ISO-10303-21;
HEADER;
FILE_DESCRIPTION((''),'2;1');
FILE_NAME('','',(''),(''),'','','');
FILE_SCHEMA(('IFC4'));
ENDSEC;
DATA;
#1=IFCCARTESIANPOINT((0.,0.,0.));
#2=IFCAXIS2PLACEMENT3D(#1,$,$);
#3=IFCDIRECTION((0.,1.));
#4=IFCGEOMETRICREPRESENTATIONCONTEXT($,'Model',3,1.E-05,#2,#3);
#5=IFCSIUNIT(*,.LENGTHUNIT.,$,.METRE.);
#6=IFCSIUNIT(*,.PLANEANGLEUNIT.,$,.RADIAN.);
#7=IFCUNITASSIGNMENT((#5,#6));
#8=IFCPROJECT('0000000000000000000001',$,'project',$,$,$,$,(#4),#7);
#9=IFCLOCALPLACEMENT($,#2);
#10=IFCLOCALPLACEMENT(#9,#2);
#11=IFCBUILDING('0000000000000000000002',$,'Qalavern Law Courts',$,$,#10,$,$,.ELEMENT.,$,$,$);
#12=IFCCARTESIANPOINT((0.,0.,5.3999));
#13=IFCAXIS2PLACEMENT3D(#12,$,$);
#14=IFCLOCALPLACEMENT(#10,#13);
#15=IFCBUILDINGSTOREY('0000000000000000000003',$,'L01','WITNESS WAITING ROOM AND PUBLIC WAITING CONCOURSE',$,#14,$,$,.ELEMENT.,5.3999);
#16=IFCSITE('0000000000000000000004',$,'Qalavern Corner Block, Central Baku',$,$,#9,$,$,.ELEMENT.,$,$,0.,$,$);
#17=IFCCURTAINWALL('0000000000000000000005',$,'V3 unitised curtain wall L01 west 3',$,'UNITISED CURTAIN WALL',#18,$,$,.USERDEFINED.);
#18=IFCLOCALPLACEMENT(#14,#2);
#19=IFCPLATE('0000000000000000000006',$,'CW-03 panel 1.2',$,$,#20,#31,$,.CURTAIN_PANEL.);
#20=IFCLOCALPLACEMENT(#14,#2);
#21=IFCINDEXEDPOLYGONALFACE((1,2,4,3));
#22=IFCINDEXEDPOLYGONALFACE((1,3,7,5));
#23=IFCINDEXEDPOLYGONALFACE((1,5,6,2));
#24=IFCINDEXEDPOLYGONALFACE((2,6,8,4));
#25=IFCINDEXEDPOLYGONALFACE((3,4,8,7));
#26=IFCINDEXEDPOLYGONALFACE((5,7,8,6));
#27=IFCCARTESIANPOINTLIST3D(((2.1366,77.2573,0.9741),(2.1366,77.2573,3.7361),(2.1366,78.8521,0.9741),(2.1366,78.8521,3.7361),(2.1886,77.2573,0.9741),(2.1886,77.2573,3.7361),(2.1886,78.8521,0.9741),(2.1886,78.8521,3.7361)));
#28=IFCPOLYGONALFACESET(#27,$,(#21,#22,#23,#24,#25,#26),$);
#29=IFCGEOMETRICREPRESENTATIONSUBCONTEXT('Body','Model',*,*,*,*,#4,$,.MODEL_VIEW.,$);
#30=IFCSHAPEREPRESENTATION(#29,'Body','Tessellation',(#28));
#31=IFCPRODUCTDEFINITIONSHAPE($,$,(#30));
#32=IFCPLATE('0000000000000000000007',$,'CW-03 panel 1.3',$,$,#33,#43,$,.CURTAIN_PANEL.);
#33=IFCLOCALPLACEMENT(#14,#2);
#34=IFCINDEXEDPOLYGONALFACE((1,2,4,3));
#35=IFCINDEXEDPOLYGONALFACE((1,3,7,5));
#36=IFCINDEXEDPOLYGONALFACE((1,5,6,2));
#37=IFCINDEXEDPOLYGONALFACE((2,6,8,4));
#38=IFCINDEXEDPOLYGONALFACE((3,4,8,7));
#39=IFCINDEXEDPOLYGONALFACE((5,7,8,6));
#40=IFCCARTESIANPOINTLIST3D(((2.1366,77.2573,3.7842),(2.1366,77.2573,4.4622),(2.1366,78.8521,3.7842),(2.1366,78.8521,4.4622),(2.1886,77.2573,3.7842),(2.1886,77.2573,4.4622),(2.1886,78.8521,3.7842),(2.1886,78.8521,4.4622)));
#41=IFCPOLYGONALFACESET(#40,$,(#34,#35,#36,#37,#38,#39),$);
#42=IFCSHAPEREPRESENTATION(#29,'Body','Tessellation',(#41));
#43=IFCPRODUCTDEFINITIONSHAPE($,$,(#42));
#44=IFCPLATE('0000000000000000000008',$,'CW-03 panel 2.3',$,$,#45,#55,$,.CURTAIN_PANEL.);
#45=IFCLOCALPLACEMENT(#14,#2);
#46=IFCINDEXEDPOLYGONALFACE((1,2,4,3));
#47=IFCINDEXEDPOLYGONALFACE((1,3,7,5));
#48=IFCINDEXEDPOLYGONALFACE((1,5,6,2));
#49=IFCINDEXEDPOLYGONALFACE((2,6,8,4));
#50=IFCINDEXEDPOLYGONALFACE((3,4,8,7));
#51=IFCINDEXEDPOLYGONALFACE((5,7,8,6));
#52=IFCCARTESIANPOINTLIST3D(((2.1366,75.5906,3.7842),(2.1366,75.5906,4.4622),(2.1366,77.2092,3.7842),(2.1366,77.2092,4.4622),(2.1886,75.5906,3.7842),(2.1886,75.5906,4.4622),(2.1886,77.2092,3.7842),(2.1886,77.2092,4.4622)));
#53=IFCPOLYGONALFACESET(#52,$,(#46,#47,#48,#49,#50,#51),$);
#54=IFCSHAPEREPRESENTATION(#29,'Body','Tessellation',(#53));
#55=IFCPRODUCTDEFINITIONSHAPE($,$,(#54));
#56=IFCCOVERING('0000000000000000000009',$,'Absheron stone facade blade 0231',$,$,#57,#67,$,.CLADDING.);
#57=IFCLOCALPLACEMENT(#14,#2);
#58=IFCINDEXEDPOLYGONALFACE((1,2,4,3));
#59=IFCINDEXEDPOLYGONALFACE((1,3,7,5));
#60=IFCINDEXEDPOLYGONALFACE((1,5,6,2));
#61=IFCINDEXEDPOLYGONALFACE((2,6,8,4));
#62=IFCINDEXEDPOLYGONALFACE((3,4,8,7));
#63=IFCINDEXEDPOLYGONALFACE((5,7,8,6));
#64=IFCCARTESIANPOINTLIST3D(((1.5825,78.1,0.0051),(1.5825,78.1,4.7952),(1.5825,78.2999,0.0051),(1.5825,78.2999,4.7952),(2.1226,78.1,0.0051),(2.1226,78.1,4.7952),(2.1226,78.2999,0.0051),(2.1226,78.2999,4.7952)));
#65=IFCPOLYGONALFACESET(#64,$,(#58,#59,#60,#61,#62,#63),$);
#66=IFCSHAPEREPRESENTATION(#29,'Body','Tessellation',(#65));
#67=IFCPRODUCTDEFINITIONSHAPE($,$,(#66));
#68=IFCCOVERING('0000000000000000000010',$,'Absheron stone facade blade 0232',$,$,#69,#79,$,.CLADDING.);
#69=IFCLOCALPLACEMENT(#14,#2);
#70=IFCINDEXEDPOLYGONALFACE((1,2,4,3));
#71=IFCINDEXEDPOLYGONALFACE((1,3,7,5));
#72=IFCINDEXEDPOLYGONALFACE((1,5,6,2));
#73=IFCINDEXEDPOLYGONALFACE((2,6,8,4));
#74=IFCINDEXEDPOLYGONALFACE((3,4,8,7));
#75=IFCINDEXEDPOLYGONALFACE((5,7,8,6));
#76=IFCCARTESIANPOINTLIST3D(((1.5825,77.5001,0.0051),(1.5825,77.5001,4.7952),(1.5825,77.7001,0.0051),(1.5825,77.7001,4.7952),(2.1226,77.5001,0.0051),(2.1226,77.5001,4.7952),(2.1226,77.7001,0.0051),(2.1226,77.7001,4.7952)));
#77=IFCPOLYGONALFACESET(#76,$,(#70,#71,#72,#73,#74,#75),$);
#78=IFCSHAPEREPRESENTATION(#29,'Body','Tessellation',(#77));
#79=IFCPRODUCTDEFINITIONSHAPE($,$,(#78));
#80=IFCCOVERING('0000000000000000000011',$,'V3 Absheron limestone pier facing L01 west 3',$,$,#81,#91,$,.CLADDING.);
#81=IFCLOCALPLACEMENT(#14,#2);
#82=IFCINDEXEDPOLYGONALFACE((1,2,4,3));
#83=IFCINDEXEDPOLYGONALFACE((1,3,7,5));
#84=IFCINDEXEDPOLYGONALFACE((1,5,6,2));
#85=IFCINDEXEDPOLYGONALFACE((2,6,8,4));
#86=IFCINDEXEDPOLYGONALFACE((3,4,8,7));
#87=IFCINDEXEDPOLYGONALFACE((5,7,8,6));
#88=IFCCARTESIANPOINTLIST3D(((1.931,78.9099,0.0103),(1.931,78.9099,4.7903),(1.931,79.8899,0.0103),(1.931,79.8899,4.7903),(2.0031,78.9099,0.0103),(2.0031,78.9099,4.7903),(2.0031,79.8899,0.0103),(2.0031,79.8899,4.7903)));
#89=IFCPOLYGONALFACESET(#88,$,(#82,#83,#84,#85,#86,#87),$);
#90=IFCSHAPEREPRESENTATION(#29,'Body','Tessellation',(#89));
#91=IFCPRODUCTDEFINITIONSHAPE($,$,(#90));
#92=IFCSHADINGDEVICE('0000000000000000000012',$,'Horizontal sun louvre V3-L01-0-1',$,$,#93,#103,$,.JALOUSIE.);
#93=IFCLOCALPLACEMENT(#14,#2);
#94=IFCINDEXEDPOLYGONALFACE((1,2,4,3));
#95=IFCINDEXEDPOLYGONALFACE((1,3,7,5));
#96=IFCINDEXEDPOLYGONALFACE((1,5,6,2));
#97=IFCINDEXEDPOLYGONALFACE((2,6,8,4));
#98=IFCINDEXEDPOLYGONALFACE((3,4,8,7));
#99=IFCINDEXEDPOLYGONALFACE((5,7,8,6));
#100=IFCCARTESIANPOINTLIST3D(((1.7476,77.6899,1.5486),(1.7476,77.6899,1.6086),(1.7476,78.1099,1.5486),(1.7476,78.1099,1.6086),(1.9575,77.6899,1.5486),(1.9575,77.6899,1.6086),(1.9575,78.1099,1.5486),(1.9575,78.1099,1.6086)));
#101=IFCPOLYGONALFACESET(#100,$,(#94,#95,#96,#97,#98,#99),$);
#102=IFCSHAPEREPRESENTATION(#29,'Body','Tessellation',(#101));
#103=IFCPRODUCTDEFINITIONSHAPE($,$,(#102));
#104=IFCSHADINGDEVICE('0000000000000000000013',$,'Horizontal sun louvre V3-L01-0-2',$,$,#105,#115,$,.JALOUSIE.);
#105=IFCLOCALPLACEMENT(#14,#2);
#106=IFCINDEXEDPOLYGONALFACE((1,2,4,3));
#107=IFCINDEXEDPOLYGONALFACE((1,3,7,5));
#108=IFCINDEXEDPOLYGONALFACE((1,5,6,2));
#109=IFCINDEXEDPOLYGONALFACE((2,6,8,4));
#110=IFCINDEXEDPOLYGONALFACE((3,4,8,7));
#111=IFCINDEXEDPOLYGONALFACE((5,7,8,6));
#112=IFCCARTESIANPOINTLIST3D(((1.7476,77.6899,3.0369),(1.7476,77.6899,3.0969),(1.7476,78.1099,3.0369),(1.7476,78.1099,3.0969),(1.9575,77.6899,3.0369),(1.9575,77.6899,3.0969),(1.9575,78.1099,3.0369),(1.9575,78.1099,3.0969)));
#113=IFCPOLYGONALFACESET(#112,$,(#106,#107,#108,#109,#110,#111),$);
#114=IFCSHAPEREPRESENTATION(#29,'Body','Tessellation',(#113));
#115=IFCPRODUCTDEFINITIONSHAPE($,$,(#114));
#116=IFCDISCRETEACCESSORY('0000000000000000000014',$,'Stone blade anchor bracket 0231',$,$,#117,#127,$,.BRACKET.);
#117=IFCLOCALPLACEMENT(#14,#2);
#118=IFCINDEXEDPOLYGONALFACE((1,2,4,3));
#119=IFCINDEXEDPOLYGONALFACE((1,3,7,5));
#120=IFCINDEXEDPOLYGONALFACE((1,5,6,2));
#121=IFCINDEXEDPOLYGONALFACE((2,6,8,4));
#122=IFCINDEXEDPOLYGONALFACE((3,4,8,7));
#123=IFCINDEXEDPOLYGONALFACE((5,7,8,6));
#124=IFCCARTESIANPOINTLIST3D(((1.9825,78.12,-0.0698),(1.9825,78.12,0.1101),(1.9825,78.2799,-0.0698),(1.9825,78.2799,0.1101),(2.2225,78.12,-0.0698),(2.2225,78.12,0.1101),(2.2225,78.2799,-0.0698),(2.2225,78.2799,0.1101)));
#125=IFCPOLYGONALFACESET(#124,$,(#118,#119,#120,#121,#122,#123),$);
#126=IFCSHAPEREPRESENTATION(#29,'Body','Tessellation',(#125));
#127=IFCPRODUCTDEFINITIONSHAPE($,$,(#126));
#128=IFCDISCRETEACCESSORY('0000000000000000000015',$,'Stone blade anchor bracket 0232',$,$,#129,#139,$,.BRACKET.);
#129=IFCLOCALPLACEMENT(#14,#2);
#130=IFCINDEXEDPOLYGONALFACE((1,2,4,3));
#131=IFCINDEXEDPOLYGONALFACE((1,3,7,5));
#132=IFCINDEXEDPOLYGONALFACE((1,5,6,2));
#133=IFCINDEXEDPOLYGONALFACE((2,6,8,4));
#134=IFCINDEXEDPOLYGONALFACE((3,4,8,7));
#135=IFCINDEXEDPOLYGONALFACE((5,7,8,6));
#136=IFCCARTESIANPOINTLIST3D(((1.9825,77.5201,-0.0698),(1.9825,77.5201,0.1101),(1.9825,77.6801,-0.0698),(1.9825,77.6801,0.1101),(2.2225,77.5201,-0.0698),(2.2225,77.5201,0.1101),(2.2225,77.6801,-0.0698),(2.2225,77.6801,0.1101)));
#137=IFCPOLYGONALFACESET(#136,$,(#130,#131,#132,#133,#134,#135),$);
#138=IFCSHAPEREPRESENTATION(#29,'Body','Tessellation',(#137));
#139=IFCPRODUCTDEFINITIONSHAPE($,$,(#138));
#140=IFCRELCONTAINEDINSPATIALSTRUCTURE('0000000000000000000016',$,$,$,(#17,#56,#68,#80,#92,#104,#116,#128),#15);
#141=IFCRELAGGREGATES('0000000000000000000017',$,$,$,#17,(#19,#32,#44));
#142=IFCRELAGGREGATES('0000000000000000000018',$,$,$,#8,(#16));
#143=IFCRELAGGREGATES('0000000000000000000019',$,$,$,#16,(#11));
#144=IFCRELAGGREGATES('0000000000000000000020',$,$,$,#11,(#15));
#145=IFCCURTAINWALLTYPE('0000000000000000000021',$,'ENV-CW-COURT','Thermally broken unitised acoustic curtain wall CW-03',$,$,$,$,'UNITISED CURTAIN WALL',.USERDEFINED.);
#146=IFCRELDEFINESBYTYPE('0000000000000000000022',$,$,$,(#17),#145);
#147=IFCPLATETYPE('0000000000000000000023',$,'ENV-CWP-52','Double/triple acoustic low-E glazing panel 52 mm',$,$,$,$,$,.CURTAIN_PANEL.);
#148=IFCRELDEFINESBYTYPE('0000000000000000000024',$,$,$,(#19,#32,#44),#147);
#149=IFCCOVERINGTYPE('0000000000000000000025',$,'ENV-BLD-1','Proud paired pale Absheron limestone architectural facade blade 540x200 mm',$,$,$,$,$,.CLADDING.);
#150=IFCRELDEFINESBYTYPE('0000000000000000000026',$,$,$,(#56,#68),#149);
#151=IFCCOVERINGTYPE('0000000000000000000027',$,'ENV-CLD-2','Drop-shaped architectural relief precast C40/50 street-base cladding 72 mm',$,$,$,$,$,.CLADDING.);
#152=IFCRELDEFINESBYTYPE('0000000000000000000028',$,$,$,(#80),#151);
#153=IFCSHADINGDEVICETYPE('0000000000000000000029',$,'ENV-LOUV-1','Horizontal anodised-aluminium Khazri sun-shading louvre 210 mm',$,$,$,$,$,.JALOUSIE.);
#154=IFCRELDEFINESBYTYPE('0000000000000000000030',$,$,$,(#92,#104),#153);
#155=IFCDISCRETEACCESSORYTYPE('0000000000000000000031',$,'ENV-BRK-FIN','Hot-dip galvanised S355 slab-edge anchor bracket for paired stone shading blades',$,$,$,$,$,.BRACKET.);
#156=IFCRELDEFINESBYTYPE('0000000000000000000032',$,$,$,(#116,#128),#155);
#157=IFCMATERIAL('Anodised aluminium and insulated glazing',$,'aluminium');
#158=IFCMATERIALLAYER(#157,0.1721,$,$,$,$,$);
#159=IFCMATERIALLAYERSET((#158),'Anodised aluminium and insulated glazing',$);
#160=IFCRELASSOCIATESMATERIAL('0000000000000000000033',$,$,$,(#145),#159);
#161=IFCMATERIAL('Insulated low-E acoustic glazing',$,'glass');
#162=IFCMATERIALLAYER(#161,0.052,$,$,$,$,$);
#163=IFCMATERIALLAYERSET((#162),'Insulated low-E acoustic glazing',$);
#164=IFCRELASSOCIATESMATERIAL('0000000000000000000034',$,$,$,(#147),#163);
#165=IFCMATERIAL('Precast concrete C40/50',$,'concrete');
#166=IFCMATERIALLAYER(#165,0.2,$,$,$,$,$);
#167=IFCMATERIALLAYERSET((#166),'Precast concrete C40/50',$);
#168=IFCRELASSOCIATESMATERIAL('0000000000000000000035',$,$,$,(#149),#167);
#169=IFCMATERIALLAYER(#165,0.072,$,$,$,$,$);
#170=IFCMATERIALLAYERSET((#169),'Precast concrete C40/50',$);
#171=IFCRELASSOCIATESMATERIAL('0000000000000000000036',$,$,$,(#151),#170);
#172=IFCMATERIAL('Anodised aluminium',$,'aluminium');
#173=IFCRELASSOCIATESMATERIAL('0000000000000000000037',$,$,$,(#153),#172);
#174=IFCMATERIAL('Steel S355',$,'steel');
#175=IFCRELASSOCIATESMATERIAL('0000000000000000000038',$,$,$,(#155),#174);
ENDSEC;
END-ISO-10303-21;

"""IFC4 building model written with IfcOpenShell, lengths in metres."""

from ifc_helpers import new_model, si_unit, direction, frame, origin, origin_2d, place, context, subcontext, project, spatial, rectangle, extrude, material, layer, layer_set, type_object, element, aggregate, save


model = new_model("IFC4")

# Units and contexts
model_context = context("Model", 3, precision=1e-05, world=origin(), true_north=direction((0.0, 1.0)))
body_context = subcontext(model_context, "Body", "Model", "MODEL_VIEW")
ifc_project = project(units=[si_unit("LENGTHUNIT", "METRE"), si_unit("PLANEANGLEUNIT", "RADIAN")], contexts=[model_context])

# Site, building, storey
site_placement = place(None, origin())
site = spatial("IfcSite", under=ifc_project, at=site_placement, Name="Qalavern Corner Block, Central Baku", CompositionType="ELEMENT", RefElevation=0.0)
building_placement = place(site_placement, origin())
building = spatial("IfcBuilding", under=site, at=building_placement, Name="Qalavern Law Courts", CompositionType="ELEMENT")
storey_placement = place(building_placement, frame((0.0, 0.0, 5.3999)))
storey = spatial("IfcBuildingStorey", under=building, at=storey_placement, Name="L01", Description="WITNESS WAITING ROOM AND PUBLIC WAITING CONCOURSE", CompositionType="ELEMENT", Elevation=5.3999)

# Curtain wall, plates
ifc_material_1 = material(Name="Anodised aluminium and insulated glazing", Category="aluminium")
ifc_layer_1 = layer(ifc_material_1, 0.1721)
ifc_layer_set_1 = layer_set([ifc_layer_1], Name="Anodised aluminium and insulated glazing")
curtain_wall_type = type_object("IfcCurtainWallType", Name="ENV-CW-COURT", Description="Thermally broken unitised acoustic curtain wall CW-03", ElementType="UNITISED CURTAIN WALL", PredefinedType="USERDEFINED", material=ifc_layer_set_1)
curtain_wall_placement = place(storey_placement, origin())
curtain_wall = element("IfcCurtainWall", 1, at=curtain_wall_placement, inside=storey, type_object=curtain_wall_type, Name="V3 unitised curtain wall L01 west 3", ObjectType="UNITISED CURTAIN WALL", PredefinedType="USERDEFINED")
ifc_material_2 = material(Name="Anodised aluminium", Category="aluminium")
ifc_material_3 = material(Name="Insulated low-E acoustic glazing", Category="glass")
ifc_layer_2 = layer(ifc_material_3, 0.052)
ifc_layer_set_2 = layer_set([ifc_layer_2], Name="Insulated low-E acoustic glazing")
plate_type = type_object("IfcPlateType", Name="ENV-CWP-52", Description="Double/triple acoustic low-E glazing panel 52 mm", PredefinedType="CURTAIN_PANEL", material=ifc_layer_set_2)
plate_1_placement = place(storey_placement, frame((2.1626, 78.0547, 0.9741), z_axis=(0.0, 0.0, 1.0), x_axis=(0.0, -1.0, 0.0)))
plate_1 = element("IfcPlate", 2, at=plate_1_placement, type_object=plate_type, Name="CW-03 panel 1.2", PredefinedType="CURTAIN_PANEL", context=body_context, shape_type="SweptSolid", body=[
    extrude(rectangle(XDim=1.5947, YDim=0.052, at=origin_2d()), origin(), (0.0, 0.0, 1.0), 2.762),
])
plate_2_placement = place(storey_placement, frame((2.1626, 78.0547, 3.7842), z_axis=(0.0, 0.0, 1.0), x_axis=(0.0, -1.0, 0.0)))
plate_2 = element("IfcPlate", 3, at=plate_2_placement, type_object=plate_type, Name="CW-03 panel 1.3", PredefinedType="CURTAIN_PANEL", context=body_context, shape_type="SweptSolid", body=[
    extrude(rectangle(XDim=1.5947, YDim=0.052, at=origin_2d()), origin(), (0.0, 0.0, 1.0), 0.678),
])
plate_3_placement = place(storey_placement, frame((2.1626, 76.3999, 3.7842), z_axis=(0.0, 0.0, 1.0), x_axis=(0.0, -1.0, 0.0)))
plate_3 = element("IfcPlate", 4, at=plate_3_placement, type_object=plate_type, Name="CW-03 panel 2.3", PredefinedType="CURTAIN_PANEL", context=body_context, shape_type="SweptSolid", body=[
    extrude(rectangle(XDim=1.6187, YDim=0.052, at=origin_2d()), origin(), (0.0, 0.0, 1.0), 0.678),
])
aggregate(curtain_wall, [plate_1, plate_2, plate_3])

# Coverings
ifc_material_4 = material(Name="Precast concrete C40/50", Category="concrete")
ifc_layer_3 = layer(ifc_material_4, 0.2)
ifc_layer_set_3 = layer_set([ifc_layer_3], Name="Precast concrete C40/50")
covering_type_1 = type_object("IfcCoveringType", Name="ENV-BLD-1", Description="Proud paired pale Absheron limestone architectural facade blade 540x200 mm", PredefinedType="CLADDING", material=ifc_layer_set_3)
for number, where, z_axis, x_axis, name in (
    (5, (1.8525, 78.2, 0.0051), (0.0, 0.0, 1.0), (-1.0, 0.0, 0.0), "Absheron stone facade blade 0231"),
    (6, (1.8525, 77.6001, 0.0051), (0.0, 0.0, 1.0), (-1.0, 0.0, 0.0), "Absheron stone facade blade 0232"),
):
    element("IfcCovering", number, at=place(storey_placement, frame(where, z_axis=z_axis, x_axis=x_axis)), inside=storey, type_object=covering_type_1, Name=name, PredefinedType="CLADDING", context=body_context, shape_type="SweptSolid", body=[
        extrude(rectangle(XDim=0.54, YDim=0.2, at=origin_2d()), origin(), (0.0, 0.0, 1.0), 4.79),
    ])
ifc_layer_4 = layer(ifc_material_4, 0.072)
ifc_layer_set_4 = layer_set([ifc_layer_4], Name="Precast concrete C40/50")
covering_type_2 = type_object("IfcCoveringType", Name="ENV-CLD-2", Description="Drop-shaped architectural relief precast C40/50 street-base cladding 72 mm", PredefinedType="CLADDING", material=ifc_layer_set_4)
covering_placement = place(storey_placement, frame((1.967, 79.3999, 0.0103), z_axis=(0.0, 0.0, 1.0), x_axis=(0.0, -1.0, 0.0)))
element("IfcCovering", 7, at=covering_placement, inside=storey, type_object=covering_type_2, Name="V3 Absheron limestone pier facing L01 west 3", PredefinedType="CLADDING", context=body_context, shape_type="SweptSolid", body=[
    extrude(rectangle(XDim=0.98, YDim=0.072, at=origin_2d()), origin(), (0.0, 0.0, 1.0), 4.78),
])

# Shading devices
shading_device_type = type_object("IfcShadingDeviceType", Name="ENV-LOUV-1", Description="Horizontal anodised-aluminium Khazri sun-shading louvre 210 mm", PredefinedType="JALOUSIE", material=ifc_material_2)
for number, where, z_axis, x_axis, name in (
    (8, (1.8525, 77.8999, 1.5486), (0.0, 0.0, 1.0), (0.0, -1.0, 0.0), "Horizontal sun louvre V3-L01-0-1"),
    (9, (1.8525, 77.8999, 3.0369), (0.0, 0.0, 1.0), (0.0, -1.0, 0.0), "Horizontal sun louvre V3-L01-0-2"),
):
    element("IfcShadingDevice", number, at=place(storey_placement, frame(where, z_axis=z_axis, x_axis=x_axis)), inside=storey, type_object=shading_device_type, Name=name, PredefinedType="JALOUSIE", context=body_context, shape_type="SweptSolid", body=[
        extrude(rectangle(XDim=0.4199, YDim=0.21, at=origin_2d()), origin(), (0.0, 0.0, 1.0), 0.0601),
    ])

# Discrete accessories
ifc_material_5 = material(Name="Steel S355", Category="steel")
discrete_accessory_type = type_object("IfcDiscreteAccessoryType", Name="ENV-BRK-FIN", Description="Hot-dip galvanised S355 slab-edge anchor bracket for paired stone shading blades", PredefinedType="BRACKET", material=ifc_material_5)
for number, where, z_axis, x_axis, name in (
    (10, (2.1025, 78.2, -0.0698), (0.0, 0.0, 1.0), (-1.0, 0.0, 0.0), "Stone blade anchor bracket 0231"),
    (11, (2.1025, 77.6001, -0.0698), (0.0, 0.0, 1.0), (-1.0, 0.0, 0.0), "Stone blade anchor bracket 0232"),
):
    element("IfcDiscreteAccessory", number, at=place(storey_placement, frame(where, z_axis=z_axis, x_axis=x_axis)), inside=storey, type_object=discrete_accessory_type, Name=name, PredefinedType="BRACKET", context=body_context, shape_type="SweptSolid", body=[
        extrude(rectangle(XDim=0.24, YDim=0.1599, at=origin_2d()), origin(), (0.0, 0.0, 1.0), 0.1799),
    ])

save(model, "model.ifc")
